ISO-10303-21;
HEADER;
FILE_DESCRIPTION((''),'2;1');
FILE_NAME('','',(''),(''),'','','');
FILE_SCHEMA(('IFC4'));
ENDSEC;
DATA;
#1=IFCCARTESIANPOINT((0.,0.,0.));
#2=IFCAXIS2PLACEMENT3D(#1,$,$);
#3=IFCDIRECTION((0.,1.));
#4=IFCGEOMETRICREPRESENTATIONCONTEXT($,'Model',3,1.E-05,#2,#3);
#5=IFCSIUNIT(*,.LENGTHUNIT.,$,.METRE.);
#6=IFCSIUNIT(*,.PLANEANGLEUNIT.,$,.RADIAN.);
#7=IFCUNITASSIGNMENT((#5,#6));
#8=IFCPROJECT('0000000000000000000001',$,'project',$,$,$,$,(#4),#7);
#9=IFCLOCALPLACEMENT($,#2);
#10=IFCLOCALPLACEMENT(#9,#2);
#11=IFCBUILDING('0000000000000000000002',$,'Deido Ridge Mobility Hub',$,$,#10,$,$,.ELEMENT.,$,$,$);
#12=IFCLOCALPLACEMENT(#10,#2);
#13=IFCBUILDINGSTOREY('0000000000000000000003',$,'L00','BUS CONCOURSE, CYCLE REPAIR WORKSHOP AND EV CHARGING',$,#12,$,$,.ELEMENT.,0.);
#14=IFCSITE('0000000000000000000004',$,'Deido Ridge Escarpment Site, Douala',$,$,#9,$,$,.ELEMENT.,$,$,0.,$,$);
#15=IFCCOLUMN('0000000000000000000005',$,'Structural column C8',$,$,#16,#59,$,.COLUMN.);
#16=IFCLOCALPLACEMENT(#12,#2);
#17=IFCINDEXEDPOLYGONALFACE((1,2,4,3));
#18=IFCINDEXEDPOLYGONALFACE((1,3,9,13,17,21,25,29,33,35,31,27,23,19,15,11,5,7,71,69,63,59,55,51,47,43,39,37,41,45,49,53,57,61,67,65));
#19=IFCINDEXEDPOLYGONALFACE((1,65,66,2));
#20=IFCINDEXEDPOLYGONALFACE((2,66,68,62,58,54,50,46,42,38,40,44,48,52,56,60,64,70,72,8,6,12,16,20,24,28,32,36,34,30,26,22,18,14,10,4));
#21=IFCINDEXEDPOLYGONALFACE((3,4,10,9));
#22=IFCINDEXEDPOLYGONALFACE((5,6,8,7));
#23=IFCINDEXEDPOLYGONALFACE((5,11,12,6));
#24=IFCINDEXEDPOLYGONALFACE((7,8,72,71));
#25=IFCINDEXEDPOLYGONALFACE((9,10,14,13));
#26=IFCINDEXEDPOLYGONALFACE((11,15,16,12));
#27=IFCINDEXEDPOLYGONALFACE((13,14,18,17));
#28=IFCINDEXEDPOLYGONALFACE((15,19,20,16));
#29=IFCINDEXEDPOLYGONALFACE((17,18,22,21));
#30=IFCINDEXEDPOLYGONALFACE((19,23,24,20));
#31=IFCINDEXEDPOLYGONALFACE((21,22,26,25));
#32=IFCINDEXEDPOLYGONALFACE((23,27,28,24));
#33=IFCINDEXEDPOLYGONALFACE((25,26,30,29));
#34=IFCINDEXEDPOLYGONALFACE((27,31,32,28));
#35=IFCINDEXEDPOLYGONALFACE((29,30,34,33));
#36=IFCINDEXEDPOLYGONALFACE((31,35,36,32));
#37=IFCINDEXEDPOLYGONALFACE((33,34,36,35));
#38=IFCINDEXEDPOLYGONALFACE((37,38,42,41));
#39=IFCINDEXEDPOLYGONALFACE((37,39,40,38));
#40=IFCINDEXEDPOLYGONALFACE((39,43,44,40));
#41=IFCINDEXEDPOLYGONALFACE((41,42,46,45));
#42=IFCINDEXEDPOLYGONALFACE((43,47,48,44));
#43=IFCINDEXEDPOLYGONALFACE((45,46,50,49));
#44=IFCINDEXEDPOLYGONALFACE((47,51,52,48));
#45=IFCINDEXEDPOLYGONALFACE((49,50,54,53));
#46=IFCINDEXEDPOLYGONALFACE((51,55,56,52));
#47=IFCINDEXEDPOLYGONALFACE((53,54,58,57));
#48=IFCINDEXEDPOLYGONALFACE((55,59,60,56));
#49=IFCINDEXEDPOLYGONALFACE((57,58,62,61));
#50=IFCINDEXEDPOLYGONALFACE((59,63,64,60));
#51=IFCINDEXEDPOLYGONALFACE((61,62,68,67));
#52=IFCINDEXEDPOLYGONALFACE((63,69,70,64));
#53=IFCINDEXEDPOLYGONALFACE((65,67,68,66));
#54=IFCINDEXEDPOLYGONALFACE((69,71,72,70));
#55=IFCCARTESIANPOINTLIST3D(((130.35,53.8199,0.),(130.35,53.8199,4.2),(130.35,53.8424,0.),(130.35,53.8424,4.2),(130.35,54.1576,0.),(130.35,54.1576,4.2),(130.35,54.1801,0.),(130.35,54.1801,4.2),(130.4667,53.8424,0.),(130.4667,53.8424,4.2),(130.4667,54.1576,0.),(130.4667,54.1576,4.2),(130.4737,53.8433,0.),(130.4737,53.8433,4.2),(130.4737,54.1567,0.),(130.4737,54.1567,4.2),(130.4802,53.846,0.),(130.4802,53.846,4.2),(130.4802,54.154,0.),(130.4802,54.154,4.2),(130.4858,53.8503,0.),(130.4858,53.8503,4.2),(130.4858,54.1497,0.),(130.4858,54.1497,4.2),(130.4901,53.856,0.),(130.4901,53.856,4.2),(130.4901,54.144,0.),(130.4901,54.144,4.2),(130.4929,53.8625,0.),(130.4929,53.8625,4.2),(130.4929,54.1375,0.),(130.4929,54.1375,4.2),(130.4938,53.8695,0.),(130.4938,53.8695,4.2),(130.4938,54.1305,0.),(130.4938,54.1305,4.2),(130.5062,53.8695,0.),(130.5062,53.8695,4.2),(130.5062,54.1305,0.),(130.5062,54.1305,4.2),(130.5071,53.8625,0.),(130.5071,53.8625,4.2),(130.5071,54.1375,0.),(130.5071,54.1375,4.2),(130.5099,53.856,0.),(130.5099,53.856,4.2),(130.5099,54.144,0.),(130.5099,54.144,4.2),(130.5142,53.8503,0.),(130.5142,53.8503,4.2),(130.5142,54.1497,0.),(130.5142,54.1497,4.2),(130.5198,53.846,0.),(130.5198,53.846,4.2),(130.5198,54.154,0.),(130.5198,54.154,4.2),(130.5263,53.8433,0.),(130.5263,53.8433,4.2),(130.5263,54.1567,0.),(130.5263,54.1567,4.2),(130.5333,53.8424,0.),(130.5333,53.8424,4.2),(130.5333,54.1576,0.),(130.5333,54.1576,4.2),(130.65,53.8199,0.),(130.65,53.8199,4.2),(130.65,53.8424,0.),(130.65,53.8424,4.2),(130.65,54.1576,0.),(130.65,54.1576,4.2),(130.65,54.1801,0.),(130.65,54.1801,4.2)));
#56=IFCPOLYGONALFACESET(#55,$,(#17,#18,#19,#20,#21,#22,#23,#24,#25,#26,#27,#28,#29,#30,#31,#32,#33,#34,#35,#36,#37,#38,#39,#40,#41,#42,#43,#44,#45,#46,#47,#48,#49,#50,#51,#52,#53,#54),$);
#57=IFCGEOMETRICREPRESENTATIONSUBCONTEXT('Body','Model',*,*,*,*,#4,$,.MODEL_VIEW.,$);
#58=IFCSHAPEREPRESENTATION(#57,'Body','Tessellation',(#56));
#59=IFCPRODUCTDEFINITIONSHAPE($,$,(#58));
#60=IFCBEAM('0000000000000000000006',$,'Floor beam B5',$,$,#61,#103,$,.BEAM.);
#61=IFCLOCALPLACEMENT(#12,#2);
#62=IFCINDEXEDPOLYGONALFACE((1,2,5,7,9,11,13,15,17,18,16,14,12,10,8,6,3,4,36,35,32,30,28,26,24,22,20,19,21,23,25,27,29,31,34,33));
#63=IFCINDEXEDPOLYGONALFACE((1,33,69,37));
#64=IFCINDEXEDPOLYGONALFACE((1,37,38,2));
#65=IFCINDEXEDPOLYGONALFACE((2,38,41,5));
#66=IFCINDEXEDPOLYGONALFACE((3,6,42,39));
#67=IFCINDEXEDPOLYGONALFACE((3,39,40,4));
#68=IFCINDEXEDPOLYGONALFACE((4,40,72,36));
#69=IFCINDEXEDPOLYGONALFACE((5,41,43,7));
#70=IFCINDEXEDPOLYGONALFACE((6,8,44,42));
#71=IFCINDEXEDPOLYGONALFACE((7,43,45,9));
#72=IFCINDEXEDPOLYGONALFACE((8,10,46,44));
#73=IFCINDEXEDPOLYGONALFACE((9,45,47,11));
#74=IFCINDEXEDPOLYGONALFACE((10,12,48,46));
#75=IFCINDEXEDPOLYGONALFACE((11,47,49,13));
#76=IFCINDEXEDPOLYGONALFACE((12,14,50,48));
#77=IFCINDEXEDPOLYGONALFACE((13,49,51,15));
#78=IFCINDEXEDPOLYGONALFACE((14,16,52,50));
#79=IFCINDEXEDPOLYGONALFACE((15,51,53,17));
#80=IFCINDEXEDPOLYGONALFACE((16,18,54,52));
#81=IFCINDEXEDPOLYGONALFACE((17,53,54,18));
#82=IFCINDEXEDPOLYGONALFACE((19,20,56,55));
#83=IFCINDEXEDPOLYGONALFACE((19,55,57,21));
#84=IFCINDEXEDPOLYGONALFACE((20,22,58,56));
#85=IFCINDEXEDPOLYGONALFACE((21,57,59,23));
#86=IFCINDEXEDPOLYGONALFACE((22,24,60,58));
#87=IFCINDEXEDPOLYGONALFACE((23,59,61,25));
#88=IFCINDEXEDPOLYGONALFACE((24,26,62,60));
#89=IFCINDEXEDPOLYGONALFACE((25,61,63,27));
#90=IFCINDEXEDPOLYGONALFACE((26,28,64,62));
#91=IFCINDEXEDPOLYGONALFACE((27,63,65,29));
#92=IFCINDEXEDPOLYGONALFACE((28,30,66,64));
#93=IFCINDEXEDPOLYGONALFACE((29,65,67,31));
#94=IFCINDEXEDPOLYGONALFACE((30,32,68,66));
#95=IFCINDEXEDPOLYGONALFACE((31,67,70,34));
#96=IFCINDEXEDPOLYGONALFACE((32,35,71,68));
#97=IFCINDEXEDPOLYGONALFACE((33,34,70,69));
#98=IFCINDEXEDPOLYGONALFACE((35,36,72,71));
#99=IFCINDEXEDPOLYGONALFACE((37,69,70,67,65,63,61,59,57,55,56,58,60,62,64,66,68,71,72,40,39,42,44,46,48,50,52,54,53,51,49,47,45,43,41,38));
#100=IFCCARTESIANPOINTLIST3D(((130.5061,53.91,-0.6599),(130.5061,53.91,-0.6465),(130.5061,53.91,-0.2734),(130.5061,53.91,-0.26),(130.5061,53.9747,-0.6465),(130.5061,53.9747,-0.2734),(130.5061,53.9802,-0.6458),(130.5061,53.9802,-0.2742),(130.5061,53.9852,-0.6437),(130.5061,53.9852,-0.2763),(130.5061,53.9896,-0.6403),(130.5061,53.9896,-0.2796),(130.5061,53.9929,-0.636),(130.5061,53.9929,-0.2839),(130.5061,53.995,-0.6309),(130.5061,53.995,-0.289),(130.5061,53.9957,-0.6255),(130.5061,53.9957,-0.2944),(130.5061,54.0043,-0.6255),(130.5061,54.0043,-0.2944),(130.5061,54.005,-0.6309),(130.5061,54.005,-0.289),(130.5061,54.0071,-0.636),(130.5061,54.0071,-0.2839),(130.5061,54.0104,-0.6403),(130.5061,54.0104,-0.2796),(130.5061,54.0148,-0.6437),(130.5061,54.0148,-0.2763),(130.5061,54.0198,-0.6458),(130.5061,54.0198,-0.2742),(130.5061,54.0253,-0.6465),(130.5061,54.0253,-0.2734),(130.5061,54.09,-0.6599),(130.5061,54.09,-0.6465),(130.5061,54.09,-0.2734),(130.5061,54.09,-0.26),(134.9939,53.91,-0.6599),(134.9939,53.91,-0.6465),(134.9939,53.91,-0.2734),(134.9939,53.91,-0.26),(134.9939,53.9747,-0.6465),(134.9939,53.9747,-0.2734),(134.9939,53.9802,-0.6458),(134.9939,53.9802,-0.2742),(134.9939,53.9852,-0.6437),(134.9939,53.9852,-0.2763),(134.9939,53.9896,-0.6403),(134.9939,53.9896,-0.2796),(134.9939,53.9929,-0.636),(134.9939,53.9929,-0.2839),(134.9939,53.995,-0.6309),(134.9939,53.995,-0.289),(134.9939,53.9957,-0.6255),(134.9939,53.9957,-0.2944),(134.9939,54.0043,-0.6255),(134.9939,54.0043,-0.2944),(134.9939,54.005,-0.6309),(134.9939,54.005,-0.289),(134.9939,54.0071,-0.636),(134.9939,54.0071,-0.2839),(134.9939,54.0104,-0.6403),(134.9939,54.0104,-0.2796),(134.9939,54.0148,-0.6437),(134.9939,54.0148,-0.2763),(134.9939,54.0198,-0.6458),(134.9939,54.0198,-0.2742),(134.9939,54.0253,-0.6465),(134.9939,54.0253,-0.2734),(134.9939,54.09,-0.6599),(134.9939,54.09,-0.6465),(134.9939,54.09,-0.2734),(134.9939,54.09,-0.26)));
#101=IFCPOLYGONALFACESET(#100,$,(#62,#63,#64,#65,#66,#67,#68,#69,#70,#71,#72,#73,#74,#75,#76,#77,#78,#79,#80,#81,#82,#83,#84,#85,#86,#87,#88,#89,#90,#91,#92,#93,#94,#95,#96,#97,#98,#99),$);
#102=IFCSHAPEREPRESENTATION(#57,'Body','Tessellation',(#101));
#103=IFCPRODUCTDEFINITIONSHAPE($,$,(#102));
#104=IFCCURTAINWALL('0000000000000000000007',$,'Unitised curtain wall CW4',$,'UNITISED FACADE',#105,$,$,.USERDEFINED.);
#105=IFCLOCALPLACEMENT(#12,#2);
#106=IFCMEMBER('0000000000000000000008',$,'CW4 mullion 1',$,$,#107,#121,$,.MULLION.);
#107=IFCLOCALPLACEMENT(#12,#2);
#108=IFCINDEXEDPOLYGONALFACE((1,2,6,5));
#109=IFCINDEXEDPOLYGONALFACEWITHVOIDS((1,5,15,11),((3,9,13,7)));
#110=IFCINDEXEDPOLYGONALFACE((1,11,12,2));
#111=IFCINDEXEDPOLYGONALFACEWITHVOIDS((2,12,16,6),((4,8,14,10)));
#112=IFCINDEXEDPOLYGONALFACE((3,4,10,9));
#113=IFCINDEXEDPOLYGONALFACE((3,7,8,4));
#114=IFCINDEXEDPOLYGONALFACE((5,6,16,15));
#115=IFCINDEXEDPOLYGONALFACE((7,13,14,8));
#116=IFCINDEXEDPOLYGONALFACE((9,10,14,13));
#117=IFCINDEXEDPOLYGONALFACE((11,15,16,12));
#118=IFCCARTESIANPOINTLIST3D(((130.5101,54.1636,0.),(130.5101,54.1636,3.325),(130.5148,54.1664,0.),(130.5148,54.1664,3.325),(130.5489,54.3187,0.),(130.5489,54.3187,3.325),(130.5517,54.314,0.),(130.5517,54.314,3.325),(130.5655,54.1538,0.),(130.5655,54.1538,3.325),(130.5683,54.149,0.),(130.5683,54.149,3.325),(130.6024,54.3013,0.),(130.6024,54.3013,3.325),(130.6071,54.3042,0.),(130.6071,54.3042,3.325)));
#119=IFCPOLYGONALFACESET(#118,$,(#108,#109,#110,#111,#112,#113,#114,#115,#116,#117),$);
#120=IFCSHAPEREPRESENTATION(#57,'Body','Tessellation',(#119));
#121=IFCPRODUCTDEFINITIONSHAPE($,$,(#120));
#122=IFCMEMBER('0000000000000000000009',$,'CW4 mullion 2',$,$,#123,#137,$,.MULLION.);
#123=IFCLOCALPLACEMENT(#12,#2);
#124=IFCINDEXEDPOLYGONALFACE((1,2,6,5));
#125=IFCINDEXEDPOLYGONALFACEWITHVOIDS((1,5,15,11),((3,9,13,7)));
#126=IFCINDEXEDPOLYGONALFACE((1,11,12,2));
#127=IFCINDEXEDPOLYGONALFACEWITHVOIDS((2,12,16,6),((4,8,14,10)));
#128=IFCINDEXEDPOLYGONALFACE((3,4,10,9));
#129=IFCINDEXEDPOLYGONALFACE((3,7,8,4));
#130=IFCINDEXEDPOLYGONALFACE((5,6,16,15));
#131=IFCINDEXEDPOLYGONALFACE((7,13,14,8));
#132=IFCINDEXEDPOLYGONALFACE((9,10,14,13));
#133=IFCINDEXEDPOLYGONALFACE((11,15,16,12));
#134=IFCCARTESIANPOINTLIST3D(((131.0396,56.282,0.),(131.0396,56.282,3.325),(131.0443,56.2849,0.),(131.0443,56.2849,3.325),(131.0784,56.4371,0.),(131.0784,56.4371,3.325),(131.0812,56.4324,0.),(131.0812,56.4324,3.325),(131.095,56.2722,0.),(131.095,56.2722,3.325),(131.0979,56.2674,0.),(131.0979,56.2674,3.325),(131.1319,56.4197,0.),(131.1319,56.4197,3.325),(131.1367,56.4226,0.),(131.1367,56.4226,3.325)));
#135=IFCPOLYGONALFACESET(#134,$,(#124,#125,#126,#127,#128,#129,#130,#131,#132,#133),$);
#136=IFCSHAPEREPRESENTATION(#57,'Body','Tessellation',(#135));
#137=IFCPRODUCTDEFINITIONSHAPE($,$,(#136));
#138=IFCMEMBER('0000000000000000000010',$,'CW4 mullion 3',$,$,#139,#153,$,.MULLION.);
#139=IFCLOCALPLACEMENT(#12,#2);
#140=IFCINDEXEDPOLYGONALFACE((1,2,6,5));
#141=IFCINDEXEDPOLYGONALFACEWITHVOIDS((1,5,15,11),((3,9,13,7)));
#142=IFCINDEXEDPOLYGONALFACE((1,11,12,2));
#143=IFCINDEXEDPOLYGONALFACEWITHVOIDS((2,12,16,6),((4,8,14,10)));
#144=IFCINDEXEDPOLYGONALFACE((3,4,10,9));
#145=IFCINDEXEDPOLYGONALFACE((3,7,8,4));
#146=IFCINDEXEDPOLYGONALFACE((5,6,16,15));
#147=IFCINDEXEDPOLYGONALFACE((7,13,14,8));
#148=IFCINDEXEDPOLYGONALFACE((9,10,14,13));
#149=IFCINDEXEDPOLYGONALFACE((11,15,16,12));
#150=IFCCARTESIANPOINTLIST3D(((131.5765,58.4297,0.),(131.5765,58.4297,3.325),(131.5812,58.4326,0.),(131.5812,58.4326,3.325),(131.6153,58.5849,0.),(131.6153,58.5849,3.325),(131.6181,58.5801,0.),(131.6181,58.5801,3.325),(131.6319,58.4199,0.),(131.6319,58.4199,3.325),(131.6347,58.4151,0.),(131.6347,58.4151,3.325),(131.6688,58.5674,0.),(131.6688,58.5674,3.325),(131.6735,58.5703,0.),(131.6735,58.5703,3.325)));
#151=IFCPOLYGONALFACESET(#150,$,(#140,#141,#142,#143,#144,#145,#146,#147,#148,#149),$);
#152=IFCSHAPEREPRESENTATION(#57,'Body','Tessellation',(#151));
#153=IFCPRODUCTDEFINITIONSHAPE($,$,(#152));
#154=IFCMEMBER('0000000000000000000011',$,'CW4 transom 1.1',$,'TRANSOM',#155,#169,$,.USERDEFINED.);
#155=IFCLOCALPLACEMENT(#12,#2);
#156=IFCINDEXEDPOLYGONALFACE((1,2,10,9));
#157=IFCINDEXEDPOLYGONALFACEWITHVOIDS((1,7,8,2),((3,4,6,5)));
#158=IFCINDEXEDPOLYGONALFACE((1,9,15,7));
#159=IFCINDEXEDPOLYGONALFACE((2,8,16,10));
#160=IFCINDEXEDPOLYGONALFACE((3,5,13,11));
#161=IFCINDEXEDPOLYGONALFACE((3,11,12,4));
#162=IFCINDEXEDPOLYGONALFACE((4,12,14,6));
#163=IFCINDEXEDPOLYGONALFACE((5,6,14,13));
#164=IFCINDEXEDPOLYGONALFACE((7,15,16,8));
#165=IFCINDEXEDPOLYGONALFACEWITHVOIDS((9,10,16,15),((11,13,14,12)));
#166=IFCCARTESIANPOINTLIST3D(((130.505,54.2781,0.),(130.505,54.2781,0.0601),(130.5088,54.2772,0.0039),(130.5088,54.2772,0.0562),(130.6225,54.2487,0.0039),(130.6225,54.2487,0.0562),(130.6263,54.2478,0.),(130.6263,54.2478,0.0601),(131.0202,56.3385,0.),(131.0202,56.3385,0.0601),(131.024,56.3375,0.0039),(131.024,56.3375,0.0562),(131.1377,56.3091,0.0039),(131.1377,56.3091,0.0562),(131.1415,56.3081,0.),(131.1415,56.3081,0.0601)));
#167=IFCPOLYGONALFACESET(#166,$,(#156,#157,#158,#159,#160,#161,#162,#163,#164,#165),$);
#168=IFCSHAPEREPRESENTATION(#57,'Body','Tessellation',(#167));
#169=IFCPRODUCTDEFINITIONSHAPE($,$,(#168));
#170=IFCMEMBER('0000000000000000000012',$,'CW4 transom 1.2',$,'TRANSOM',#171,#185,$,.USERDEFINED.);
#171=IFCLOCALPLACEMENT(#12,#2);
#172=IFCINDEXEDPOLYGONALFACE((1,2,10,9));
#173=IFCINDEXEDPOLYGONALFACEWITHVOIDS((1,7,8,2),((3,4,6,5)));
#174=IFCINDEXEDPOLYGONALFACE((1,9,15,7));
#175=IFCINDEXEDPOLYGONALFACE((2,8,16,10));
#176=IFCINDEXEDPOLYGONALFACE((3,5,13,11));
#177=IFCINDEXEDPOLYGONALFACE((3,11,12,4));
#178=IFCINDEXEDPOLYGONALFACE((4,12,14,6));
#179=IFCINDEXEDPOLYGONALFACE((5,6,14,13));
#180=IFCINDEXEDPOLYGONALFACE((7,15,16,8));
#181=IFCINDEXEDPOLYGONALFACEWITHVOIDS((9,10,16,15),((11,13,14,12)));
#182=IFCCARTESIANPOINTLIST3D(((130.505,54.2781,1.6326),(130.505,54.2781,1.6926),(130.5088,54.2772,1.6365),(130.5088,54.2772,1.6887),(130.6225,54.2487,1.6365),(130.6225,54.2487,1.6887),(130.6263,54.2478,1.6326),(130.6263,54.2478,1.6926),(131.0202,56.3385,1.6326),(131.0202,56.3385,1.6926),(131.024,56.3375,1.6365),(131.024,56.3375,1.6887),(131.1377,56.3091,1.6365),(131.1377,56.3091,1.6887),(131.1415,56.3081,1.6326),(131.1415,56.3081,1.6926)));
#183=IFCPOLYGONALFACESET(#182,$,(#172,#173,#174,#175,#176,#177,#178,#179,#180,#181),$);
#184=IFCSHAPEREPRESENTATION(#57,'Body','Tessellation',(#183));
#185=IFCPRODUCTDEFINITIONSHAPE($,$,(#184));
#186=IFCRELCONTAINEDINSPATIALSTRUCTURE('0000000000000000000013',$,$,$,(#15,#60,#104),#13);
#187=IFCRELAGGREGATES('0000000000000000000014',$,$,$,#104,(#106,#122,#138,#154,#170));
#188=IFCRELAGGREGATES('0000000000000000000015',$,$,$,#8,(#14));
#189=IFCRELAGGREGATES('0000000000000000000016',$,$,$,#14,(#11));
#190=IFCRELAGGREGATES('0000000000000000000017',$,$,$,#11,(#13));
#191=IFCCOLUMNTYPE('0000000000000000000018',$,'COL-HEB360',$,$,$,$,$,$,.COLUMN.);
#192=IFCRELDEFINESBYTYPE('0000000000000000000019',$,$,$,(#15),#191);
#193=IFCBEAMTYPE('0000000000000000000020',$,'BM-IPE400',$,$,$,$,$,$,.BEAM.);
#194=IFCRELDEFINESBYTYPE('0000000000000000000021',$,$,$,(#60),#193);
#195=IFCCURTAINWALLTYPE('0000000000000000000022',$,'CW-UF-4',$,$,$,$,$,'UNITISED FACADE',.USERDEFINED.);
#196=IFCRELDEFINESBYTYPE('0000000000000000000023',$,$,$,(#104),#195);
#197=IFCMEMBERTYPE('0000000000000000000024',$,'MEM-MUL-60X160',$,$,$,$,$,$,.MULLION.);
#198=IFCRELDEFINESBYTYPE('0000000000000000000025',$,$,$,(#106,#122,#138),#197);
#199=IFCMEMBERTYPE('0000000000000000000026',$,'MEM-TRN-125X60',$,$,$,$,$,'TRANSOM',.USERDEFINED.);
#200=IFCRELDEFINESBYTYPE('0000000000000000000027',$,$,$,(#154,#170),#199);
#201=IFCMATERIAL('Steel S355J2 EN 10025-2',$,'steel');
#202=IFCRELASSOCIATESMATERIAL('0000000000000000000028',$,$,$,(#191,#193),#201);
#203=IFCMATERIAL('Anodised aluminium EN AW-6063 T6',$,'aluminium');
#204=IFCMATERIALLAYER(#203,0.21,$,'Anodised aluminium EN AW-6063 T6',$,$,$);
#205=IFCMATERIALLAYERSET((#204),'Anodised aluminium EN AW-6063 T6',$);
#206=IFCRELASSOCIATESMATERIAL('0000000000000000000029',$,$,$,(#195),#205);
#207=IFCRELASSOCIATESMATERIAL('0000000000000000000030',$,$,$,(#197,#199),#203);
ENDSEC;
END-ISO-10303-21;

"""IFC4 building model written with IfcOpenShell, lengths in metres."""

from ifc_helpers import new_model, si_unit, direction, frame, origin, origin_2d, place, context, subcontext, project, spatial, hollow_rectangle, i_section, extrude, material, layer, layer_set, material_profile, profile_set, type_object, element, aggregate, save


model = new_model("IFC4")

# Units and contexts
model_context = context("Model", 3, precision=1e-05, world=origin(), true_north=direction((0.0, 1.0)))
body_context = subcontext(model_context, "Body", "Model", "MODEL_VIEW")
ifc_project = project(units=[si_unit("LENGTHUNIT", "METRE"), si_unit("PLANEANGLEUNIT", "RADIAN")], contexts=[model_context])

# Site, building, storey
site_placement = place(None, origin())
site = spatial("IfcSite", under=ifc_project, at=site_placement, Name="Deido Ridge Escarpment Site, Douala", CompositionType="ELEMENT", RefElevation=0.0)
building_placement = place(site_placement, origin())
building = spatial("IfcBuilding", under=site, at=building_placement, Name="Deido Ridge Mobility Hub", CompositionType="ELEMENT")
storey_placement = place(building_placement, origin())
storey = spatial("IfcBuildingStorey", under=building, at=storey_placement, Name="L00", Description="BUS CONCOURSE, CYCLE REPAIR WORKSHOP AND EV CHARGING", CompositionType="ELEMENT", Elevation=0.0)

# Column
ifc_material_1 = material(Name="Steel S355J2 EN 10025-2", Category="steel")
ifc_material_profile_1 = material_profile(ifc_material_1, i_section(OverallWidth=0.3, OverallDepth=0.3601, WebThickness=0.0125, FlangeThickness=0.0225, FilletRadius=0.0271, at=origin_2d()), Name="HEB 360")
ifc_profile_set_1 = profile_set([ifc_material_profile_1], Name="Steel S355J2 EN 10025-2")
column_type = type_object("IfcColumnType", Name="COL-HEB360", PredefinedType="COLUMN", material=ifc_profile_set_1)
column_placement = place(storey_placement, frame((130.5, 54.0, 0.0), z_axis=(0.0, 0.0, 1.0), x_axis=(1.0, 0.0, 0.0)))
element("IfcColumn", 1, at=column_placement, inside=storey, type_object=column_type, Name="Structural column C8", PredefinedType="COLUMN", context=body_context, shape_type="SweptSolid", body=[
    extrude(i_section(OverallWidth=0.3, OverallDepth=0.3601, WebThickness=0.0125, FlangeThickness=0.0225, FilletRadius=0.0271, at=origin_2d()), origin(), (0.0, 0.0, 1.0), 4.2),
])

# Beam
ifc_material_profile_2 = material_profile(ifc_material_1, i_section(OverallWidth=0.1799, OverallDepth=0.3999, WebThickness=0.0085, FlangeThickness=0.0134, FilletRadius=0.021, at=origin_2d()), Name="IPE 400")
ifc_profile_set_2 = profile_set([ifc_material_profile_2], Name="Steel S355J2 EN 10025-2")
beam_type = type_object("IfcBeamType", Name="BM-IPE400", PredefinedType="BEAM", material=ifc_profile_set_2)
beam_placement = place(storey_placement, frame((130.5061, 54.0, -0.46), z_axis=(1.0, 0.0, 0.0), x_axis=(0.0, 1.0, 0.0)))
element("IfcBeam", 2, at=beam_placement, inside=storey, type_object=beam_type, Name="Floor beam B5", PredefinedType="BEAM", context=body_context, shape_type="SweptSolid", body=[
    extrude(i_section(OverallWidth=0.1799, OverallDepth=0.3999, WebThickness=0.0085, FlangeThickness=0.0134, FilletRadius=0.021, at=origin_2d()), origin(), (0.0, 0.0, 1.0), 4.4878),
])

# Curtain wall, members
ifc_material_2 = material(Name="Anodised aluminium EN AW-6063 T6", Category="aluminium")
ifc_layer_1 = layer(ifc_material_2, 0.21, Name="Anodised aluminium EN AW-6063 T6")
ifc_layer_set_1 = layer_set([ifc_layer_1], Name="Anodised aluminium EN AW-6063 T6")
curtain_wall_type = type_object("IfcCurtainWallType", Name="CW-UF-4", ElementType="UNITISED FACADE", PredefinedType="USERDEFINED", material=ifc_layer_set_1)
curtain_wall_placement = place(storey_placement, origin())
curtain_wall = element("IfcCurtainWall", 3, at=curtain_wall_placement, inside=storey, type_object=curtain_wall_type, Name="Unitised curtain wall CW4", ObjectType="UNITISED FACADE", PredefinedType="USERDEFINED")
ifc_material_profile_3 = material_profile(ifc_material_2, hollow_rectangle(XDim=0.0601, YDim=0.1599, WallThickness=0.0039, at=origin_2d()), Name="RHS 60x160x4")
ifc_profile_set_3 = profile_set([ifc_material_profile_3], Name="Anodised aluminium EN AW-6063 T6")
member_type_1 = type_object("IfcMemberType", Name="MEM-MUL-60X160", PredefinedType="MULLION", material=ifc_profile_set_3)
member_1_placement = place(storey_placement, frame((130.5586, 54.2339, 0.0), z_axis=(0.0, 0.0, 1.0), x_axis=(-0.970144, 0.24253, 0.0)))
member_1 = element("IfcMember", 4, at=member_1_placement, type_object=member_type_1, Name="CW4 mullion 1", PredefinedType="MULLION", context=body_context, shape_type="SweptSolid", body=[
    extrude(hollow_rectangle(XDim=0.0601, YDim=0.1599, WallThickness=0.0039, at=origin_2d()), origin(), (0.0, 0.0, 1.0), 3.325),
])
member_2_placement = place(storey_placement, frame((131.0881, 56.3523, 0.0), z_axis=(0.0, 0.0, 1.0), x_axis=(-0.970144, 0.24253, 0.0)))
member_2 = element("IfcMember", 5, at=member_2_placement, type_object=member_type_1, Name="CW4 mullion 2", PredefinedType="MULLION", context=body_context, shape_type="SweptSolid", body=[
    extrude(hollow_rectangle(XDim=0.0601, YDim=0.1599, WallThickness=0.0039, at=origin_2d()), origin(), (0.0, 0.0, 1.0), 3.325),
])
member_3_placement = place(storey_placement, frame((131.625, 58.5, 0.0), z_axis=(0.0, 0.0, 1.0), x_axis=(-0.970144, 0.24253, 0.0)))
member_3 = element("IfcMember", 6, at=member_3_placement, type_object=member_type_1, Name="CW4 mullion 3", PredefinedType="MULLION", context=body_context, shape_type="SweptSolid", body=[
    extrude(hollow_rectangle(XDim=0.0601, YDim=0.1599, WallThickness=0.0039, at=origin_2d()), origin(), (0.0, 0.0, 1.0), 3.325),
])
ifc_material_profile_4 = material_profile(ifc_material_2, hollow_rectangle(XDim=0.125, YDim=0.0601, WallThickness=0.0039, at=origin_2d()), Name="RHS 125x60x4")
ifc_profile_set_4 = profile_set([ifc_material_profile_4], Name="Anodised aluminium EN AW-6063 T6")
member_type_2 = type_object("IfcMemberType", Name="MEM-TRN-125X60", ElementType="TRANSOM", PredefinedType="USERDEFINED", material=ifc_profile_set_4)
member_4_placement = place(storey_placement, frame((130.5657, 54.2629, 0.03), z_axis=(0.242563, 0.970136, 0.0), x_axis=(-0.970136, 0.242563, 0.0)))
member_4 = element("IfcMember", 7, at=member_4_placement, type_object=member_type_2, Name="CW4 transom 1.1", ObjectType="TRANSOM", PredefinedType="USERDEFINED", context=body_context, shape_type="SweptSolid", body=[
    extrude(hollow_rectangle(XDim=0.125, YDim=0.0601, WallThickness=0.0039, at=origin_2d()), origin(), (0.0, 0.0, 1.0), 2.1238),
])
member_5_placement = place(storey_placement, frame((130.5657, 54.2629, 1.6626), z_axis=(0.242563, 0.970136, 0.0), x_axis=(-0.970136, 0.242563, 0.0)))
member_5 = element("IfcMember", 8, at=member_5_placement, type_object=member_type_2, Name="CW4 transom 1.2", ObjectType="TRANSOM", PredefinedType="USERDEFINED", context=body_context, shape_type="SweptSolid", body=[
    extrude(hollow_rectangle(XDim=0.125, YDim=0.0601, WallThickness=0.0039, at=origin_2d()), origin(), (0.0, 0.0, 1.0), 2.1238),
])
aggregate(curtain_wall, [member_1, member_2, member_3, member_4, member_5])

save(model, "model.ifc")
